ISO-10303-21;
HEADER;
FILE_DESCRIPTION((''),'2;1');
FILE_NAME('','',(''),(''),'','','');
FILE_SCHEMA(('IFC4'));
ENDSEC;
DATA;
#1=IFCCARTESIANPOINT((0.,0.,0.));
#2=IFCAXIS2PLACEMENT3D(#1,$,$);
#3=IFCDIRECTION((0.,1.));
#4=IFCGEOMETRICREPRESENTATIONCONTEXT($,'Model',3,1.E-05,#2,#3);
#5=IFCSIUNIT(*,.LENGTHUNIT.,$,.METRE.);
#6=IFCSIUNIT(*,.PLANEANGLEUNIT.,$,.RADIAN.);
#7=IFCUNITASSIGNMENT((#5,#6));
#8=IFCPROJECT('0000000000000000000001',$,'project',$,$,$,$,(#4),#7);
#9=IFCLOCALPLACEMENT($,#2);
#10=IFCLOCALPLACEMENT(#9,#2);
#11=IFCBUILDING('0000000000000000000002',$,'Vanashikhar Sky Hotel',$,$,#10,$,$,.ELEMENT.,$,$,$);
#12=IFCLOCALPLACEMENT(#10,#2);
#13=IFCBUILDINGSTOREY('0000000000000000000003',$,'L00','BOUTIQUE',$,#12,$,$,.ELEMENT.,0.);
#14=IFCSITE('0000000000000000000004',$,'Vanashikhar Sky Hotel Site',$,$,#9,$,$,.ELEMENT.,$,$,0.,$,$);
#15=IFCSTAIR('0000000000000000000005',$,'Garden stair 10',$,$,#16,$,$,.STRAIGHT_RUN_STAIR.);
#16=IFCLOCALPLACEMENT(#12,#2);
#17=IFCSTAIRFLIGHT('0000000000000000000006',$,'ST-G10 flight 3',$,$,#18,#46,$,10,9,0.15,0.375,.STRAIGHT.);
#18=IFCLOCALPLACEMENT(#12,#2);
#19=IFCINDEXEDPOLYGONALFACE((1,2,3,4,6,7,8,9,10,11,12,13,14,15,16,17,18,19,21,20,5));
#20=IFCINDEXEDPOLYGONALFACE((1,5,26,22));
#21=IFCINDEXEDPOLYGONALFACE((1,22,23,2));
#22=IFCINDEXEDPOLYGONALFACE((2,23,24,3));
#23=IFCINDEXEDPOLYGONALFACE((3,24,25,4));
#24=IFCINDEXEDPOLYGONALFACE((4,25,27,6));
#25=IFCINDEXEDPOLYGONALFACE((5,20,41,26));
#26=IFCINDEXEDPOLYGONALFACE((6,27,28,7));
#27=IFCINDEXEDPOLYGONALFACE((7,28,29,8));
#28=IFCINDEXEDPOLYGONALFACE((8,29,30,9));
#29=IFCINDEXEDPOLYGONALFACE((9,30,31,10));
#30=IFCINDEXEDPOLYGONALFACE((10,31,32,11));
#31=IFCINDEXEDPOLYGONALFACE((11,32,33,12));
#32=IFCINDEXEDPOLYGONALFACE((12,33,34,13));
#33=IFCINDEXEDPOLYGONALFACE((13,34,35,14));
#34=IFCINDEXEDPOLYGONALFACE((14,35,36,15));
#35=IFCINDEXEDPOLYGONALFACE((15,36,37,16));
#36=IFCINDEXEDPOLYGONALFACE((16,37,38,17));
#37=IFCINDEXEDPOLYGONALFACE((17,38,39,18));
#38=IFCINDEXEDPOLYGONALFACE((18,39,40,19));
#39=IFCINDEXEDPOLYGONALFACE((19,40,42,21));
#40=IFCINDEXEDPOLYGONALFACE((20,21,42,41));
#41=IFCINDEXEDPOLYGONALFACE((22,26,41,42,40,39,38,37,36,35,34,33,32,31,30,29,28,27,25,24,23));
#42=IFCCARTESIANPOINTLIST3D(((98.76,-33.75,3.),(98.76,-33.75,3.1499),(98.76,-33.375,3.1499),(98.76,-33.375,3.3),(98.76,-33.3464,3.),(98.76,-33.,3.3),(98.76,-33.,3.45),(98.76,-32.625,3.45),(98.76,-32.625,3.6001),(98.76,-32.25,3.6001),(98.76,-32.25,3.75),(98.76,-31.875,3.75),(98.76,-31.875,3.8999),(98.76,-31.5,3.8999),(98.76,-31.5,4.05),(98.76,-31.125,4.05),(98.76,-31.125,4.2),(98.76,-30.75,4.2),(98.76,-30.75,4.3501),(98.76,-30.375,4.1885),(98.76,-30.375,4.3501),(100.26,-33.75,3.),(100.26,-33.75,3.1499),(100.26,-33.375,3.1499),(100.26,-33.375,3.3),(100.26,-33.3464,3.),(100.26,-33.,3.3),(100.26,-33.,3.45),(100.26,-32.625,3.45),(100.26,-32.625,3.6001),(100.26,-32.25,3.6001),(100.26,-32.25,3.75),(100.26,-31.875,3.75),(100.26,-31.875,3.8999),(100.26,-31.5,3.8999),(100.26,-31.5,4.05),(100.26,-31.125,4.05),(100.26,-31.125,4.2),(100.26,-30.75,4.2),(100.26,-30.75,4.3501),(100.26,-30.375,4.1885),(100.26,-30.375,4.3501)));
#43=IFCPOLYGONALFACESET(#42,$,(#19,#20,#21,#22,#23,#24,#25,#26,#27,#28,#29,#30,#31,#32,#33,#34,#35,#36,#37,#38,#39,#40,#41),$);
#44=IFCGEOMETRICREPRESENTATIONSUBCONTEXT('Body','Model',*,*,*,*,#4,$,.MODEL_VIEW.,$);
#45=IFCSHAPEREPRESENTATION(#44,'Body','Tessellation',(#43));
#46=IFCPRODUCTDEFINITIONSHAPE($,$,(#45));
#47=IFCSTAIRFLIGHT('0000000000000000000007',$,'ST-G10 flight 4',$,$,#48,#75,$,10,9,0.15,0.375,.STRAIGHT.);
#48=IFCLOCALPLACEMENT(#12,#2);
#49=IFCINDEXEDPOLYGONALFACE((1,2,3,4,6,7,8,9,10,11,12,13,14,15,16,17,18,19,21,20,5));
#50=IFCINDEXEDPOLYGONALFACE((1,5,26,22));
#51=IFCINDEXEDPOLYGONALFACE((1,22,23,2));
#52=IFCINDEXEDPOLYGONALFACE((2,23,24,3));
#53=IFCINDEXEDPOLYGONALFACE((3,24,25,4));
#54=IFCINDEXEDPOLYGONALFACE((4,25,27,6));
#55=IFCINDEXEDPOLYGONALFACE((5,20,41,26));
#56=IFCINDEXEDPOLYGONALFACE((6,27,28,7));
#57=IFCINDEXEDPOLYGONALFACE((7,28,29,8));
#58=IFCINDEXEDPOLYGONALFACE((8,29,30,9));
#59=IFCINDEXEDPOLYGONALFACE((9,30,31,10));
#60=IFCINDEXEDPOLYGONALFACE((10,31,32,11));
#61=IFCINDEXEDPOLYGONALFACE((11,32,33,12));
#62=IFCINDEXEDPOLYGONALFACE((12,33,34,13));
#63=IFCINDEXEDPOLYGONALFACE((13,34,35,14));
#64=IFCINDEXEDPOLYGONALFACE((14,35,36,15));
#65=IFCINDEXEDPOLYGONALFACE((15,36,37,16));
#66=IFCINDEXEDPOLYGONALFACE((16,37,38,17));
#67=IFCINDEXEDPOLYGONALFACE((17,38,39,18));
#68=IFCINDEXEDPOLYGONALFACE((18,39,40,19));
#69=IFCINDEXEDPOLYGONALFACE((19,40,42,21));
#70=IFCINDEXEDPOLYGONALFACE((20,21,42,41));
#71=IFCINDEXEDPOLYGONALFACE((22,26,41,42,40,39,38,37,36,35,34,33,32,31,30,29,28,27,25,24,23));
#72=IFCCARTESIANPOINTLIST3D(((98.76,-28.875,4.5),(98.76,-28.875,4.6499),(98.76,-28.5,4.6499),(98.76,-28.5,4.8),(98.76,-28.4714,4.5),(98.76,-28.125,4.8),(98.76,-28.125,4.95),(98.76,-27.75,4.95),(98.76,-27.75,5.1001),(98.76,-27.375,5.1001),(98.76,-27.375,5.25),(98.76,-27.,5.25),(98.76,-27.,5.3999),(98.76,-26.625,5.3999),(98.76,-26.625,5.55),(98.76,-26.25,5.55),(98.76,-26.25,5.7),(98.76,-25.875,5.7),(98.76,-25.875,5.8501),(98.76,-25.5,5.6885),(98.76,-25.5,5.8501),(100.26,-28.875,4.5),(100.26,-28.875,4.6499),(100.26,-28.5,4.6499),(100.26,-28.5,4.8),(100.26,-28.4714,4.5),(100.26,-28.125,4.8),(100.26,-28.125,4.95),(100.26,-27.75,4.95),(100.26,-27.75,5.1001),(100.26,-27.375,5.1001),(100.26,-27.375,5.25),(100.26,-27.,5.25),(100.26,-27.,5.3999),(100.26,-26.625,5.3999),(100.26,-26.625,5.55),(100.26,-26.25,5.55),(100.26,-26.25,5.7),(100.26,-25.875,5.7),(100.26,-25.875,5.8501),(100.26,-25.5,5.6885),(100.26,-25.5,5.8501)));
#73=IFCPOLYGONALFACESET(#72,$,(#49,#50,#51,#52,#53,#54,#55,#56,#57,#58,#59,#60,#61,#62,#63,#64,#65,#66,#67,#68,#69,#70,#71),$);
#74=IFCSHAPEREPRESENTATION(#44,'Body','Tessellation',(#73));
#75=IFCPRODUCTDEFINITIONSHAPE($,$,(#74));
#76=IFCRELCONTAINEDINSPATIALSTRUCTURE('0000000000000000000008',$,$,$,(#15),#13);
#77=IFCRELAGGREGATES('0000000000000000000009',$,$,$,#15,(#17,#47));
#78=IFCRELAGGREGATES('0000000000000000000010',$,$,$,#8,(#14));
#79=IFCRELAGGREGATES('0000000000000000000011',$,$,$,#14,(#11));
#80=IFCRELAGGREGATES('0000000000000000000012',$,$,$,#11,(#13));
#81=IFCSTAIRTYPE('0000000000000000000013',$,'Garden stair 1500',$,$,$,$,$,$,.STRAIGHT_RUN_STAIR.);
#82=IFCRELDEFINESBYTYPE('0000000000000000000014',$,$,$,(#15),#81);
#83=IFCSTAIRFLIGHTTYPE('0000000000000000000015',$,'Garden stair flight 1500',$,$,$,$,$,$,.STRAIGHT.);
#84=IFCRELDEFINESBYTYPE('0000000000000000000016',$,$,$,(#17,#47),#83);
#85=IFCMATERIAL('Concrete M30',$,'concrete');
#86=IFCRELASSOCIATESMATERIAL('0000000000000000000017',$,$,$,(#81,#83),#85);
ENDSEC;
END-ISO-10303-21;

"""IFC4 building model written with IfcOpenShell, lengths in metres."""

from ifc_helpers import new_model, si_unit, direction, frame, origin, place, context, subcontext, project, spatial, polyline, outline, extrude, source, transform, mapped, material, type_object, element, aggregate, save


model = new_model("IFC4")

# Units and contexts
model_context = context("Model", 3, precision=1e-05, world=origin(), true_north=direction((0.0, 1.0)))
body_context = subcontext(model_context, "Body", "Model", "MODEL_VIEW")
ifc_project = project(units=[si_unit("LENGTHUNIT", "METRE"), si_unit("PLANEANGLEUNIT", "RADIAN")], contexts=[model_context])

# Site, building, storey
site_placement = place(None, origin())
site = spatial("IfcSite", under=ifc_project, at=site_placement, Name="Vanashikhar Sky Hotel Site", CompositionType="ELEMENT", RefElevation=0.0)
building_placement = place(site_placement, origin())
building = spatial("IfcBuilding", under=site, at=building_placement, Name="Vanashikhar Sky Hotel", CompositionType="ELEMENT")
storey_placement = place(building_placement, origin())
storey = spatial("IfcBuildingStorey", under=building, at=storey_placement, Name="L00", Description="BOUTIQUE", CompositionType="ELEMENT", Elevation=0.0)

# Stair, stair flights
ifc_material_1 = material(Name="Concrete M30", Category="concrete")
stair_type = type_object("IfcStairType", Name="Garden stair 1500", PredefinedType="STRAIGHT_RUN_STAIR", material=ifc_material_1)
stair_flight_type = type_object("IfcStairFlightType", Name="Garden stair flight 1500", PredefinedType="STRAIGHT", material=ifc_material_1)
shared_shape_1 = source(origin(), body_context, "Body", "SweptSolid", [
    extrude(outline(polyline([(0.0, 0.0), (0.0, 0.1499), (0.375, 0.1499), (0.375, 0.3), (0.75, 0.3), (0.75, 0.45), (1.125, 0.45), (1.125, 0.6001), (1.5, 0.6001), (1.5, 0.75), (1.875, 0.75), (1.875, 0.8999), (2.25, 0.8999), (2.25, 1.05), (2.625, 1.05), (2.625, 1.2), (3.0, 1.2), (3.0, 1.3501), (3.375, 1.3501), (3.375, 1.5), (3.375, 1.1885), (0.4036, 0.0), (0.0, 0.0)])), frame((0.0, 0.75, 0.0), z_axis=(0.0, -1.0, 0.0), x_axis=(1.0, 0.0, 0.0)), (0.0, 0.0, 1.0), 1.5),
])
stair_1_placement = place(storey_placement, origin())
stair_1 = element("IfcStair", 1, at=stair_1_placement, inside=storey, type_object=stair_type, Name="Garden stair 10", PredefinedType="STRAIGHT_RUN_STAIR")
stair_flight_1_placement = place(storey_placement, frame((99.51, -33.75, 3.0), z_axis=(0.0, 0.0, 1.0), x_axis=(0.0, 1.0, 0.0)))
stair_flight_1 = element("IfcStairFlight", 2, at=stair_flight_1_placement, type_object=stair_flight_type, Name="ST-G10 flight 3", NumberOfRisers=10, NumberOfTreads=9, PredefinedType="STRAIGHT", RiserHeight=0.15, TreadLength=0.375, context=body_context, shape_type="MappedRepresentation", body=[
    mapped(shared_shape_1, transform((0.0, 0.0, 0.0), scale=1.0)),
])
stair_flight_2_placement = place(storey_placement, frame((99.51, -28.875, 4.5), z_axis=(0.0, 0.0, 1.0), x_axis=(0.0, 1.0, 0.0)))
stair_flight_2 = element("IfcStairFlight", 3, at=stair_flight_2_placement, type_object=stair_flight_type, Name="ST-G10 flight 4", NumberOfRisers=10, NumberOfTreads=9, PredefinedType="STRAIGHT", RiserHeight=0.15, TreadLength=0.375, context=body_context, shape_type="MappedRepresentation", body=[
    mapped(shared_shape_1, transform((0.0, 0.0, 0.0), scale=1.0)),
])
aggregate(stair_1, [stair_flight_1, stair_flight_2])

save(model, "model.ifc")
